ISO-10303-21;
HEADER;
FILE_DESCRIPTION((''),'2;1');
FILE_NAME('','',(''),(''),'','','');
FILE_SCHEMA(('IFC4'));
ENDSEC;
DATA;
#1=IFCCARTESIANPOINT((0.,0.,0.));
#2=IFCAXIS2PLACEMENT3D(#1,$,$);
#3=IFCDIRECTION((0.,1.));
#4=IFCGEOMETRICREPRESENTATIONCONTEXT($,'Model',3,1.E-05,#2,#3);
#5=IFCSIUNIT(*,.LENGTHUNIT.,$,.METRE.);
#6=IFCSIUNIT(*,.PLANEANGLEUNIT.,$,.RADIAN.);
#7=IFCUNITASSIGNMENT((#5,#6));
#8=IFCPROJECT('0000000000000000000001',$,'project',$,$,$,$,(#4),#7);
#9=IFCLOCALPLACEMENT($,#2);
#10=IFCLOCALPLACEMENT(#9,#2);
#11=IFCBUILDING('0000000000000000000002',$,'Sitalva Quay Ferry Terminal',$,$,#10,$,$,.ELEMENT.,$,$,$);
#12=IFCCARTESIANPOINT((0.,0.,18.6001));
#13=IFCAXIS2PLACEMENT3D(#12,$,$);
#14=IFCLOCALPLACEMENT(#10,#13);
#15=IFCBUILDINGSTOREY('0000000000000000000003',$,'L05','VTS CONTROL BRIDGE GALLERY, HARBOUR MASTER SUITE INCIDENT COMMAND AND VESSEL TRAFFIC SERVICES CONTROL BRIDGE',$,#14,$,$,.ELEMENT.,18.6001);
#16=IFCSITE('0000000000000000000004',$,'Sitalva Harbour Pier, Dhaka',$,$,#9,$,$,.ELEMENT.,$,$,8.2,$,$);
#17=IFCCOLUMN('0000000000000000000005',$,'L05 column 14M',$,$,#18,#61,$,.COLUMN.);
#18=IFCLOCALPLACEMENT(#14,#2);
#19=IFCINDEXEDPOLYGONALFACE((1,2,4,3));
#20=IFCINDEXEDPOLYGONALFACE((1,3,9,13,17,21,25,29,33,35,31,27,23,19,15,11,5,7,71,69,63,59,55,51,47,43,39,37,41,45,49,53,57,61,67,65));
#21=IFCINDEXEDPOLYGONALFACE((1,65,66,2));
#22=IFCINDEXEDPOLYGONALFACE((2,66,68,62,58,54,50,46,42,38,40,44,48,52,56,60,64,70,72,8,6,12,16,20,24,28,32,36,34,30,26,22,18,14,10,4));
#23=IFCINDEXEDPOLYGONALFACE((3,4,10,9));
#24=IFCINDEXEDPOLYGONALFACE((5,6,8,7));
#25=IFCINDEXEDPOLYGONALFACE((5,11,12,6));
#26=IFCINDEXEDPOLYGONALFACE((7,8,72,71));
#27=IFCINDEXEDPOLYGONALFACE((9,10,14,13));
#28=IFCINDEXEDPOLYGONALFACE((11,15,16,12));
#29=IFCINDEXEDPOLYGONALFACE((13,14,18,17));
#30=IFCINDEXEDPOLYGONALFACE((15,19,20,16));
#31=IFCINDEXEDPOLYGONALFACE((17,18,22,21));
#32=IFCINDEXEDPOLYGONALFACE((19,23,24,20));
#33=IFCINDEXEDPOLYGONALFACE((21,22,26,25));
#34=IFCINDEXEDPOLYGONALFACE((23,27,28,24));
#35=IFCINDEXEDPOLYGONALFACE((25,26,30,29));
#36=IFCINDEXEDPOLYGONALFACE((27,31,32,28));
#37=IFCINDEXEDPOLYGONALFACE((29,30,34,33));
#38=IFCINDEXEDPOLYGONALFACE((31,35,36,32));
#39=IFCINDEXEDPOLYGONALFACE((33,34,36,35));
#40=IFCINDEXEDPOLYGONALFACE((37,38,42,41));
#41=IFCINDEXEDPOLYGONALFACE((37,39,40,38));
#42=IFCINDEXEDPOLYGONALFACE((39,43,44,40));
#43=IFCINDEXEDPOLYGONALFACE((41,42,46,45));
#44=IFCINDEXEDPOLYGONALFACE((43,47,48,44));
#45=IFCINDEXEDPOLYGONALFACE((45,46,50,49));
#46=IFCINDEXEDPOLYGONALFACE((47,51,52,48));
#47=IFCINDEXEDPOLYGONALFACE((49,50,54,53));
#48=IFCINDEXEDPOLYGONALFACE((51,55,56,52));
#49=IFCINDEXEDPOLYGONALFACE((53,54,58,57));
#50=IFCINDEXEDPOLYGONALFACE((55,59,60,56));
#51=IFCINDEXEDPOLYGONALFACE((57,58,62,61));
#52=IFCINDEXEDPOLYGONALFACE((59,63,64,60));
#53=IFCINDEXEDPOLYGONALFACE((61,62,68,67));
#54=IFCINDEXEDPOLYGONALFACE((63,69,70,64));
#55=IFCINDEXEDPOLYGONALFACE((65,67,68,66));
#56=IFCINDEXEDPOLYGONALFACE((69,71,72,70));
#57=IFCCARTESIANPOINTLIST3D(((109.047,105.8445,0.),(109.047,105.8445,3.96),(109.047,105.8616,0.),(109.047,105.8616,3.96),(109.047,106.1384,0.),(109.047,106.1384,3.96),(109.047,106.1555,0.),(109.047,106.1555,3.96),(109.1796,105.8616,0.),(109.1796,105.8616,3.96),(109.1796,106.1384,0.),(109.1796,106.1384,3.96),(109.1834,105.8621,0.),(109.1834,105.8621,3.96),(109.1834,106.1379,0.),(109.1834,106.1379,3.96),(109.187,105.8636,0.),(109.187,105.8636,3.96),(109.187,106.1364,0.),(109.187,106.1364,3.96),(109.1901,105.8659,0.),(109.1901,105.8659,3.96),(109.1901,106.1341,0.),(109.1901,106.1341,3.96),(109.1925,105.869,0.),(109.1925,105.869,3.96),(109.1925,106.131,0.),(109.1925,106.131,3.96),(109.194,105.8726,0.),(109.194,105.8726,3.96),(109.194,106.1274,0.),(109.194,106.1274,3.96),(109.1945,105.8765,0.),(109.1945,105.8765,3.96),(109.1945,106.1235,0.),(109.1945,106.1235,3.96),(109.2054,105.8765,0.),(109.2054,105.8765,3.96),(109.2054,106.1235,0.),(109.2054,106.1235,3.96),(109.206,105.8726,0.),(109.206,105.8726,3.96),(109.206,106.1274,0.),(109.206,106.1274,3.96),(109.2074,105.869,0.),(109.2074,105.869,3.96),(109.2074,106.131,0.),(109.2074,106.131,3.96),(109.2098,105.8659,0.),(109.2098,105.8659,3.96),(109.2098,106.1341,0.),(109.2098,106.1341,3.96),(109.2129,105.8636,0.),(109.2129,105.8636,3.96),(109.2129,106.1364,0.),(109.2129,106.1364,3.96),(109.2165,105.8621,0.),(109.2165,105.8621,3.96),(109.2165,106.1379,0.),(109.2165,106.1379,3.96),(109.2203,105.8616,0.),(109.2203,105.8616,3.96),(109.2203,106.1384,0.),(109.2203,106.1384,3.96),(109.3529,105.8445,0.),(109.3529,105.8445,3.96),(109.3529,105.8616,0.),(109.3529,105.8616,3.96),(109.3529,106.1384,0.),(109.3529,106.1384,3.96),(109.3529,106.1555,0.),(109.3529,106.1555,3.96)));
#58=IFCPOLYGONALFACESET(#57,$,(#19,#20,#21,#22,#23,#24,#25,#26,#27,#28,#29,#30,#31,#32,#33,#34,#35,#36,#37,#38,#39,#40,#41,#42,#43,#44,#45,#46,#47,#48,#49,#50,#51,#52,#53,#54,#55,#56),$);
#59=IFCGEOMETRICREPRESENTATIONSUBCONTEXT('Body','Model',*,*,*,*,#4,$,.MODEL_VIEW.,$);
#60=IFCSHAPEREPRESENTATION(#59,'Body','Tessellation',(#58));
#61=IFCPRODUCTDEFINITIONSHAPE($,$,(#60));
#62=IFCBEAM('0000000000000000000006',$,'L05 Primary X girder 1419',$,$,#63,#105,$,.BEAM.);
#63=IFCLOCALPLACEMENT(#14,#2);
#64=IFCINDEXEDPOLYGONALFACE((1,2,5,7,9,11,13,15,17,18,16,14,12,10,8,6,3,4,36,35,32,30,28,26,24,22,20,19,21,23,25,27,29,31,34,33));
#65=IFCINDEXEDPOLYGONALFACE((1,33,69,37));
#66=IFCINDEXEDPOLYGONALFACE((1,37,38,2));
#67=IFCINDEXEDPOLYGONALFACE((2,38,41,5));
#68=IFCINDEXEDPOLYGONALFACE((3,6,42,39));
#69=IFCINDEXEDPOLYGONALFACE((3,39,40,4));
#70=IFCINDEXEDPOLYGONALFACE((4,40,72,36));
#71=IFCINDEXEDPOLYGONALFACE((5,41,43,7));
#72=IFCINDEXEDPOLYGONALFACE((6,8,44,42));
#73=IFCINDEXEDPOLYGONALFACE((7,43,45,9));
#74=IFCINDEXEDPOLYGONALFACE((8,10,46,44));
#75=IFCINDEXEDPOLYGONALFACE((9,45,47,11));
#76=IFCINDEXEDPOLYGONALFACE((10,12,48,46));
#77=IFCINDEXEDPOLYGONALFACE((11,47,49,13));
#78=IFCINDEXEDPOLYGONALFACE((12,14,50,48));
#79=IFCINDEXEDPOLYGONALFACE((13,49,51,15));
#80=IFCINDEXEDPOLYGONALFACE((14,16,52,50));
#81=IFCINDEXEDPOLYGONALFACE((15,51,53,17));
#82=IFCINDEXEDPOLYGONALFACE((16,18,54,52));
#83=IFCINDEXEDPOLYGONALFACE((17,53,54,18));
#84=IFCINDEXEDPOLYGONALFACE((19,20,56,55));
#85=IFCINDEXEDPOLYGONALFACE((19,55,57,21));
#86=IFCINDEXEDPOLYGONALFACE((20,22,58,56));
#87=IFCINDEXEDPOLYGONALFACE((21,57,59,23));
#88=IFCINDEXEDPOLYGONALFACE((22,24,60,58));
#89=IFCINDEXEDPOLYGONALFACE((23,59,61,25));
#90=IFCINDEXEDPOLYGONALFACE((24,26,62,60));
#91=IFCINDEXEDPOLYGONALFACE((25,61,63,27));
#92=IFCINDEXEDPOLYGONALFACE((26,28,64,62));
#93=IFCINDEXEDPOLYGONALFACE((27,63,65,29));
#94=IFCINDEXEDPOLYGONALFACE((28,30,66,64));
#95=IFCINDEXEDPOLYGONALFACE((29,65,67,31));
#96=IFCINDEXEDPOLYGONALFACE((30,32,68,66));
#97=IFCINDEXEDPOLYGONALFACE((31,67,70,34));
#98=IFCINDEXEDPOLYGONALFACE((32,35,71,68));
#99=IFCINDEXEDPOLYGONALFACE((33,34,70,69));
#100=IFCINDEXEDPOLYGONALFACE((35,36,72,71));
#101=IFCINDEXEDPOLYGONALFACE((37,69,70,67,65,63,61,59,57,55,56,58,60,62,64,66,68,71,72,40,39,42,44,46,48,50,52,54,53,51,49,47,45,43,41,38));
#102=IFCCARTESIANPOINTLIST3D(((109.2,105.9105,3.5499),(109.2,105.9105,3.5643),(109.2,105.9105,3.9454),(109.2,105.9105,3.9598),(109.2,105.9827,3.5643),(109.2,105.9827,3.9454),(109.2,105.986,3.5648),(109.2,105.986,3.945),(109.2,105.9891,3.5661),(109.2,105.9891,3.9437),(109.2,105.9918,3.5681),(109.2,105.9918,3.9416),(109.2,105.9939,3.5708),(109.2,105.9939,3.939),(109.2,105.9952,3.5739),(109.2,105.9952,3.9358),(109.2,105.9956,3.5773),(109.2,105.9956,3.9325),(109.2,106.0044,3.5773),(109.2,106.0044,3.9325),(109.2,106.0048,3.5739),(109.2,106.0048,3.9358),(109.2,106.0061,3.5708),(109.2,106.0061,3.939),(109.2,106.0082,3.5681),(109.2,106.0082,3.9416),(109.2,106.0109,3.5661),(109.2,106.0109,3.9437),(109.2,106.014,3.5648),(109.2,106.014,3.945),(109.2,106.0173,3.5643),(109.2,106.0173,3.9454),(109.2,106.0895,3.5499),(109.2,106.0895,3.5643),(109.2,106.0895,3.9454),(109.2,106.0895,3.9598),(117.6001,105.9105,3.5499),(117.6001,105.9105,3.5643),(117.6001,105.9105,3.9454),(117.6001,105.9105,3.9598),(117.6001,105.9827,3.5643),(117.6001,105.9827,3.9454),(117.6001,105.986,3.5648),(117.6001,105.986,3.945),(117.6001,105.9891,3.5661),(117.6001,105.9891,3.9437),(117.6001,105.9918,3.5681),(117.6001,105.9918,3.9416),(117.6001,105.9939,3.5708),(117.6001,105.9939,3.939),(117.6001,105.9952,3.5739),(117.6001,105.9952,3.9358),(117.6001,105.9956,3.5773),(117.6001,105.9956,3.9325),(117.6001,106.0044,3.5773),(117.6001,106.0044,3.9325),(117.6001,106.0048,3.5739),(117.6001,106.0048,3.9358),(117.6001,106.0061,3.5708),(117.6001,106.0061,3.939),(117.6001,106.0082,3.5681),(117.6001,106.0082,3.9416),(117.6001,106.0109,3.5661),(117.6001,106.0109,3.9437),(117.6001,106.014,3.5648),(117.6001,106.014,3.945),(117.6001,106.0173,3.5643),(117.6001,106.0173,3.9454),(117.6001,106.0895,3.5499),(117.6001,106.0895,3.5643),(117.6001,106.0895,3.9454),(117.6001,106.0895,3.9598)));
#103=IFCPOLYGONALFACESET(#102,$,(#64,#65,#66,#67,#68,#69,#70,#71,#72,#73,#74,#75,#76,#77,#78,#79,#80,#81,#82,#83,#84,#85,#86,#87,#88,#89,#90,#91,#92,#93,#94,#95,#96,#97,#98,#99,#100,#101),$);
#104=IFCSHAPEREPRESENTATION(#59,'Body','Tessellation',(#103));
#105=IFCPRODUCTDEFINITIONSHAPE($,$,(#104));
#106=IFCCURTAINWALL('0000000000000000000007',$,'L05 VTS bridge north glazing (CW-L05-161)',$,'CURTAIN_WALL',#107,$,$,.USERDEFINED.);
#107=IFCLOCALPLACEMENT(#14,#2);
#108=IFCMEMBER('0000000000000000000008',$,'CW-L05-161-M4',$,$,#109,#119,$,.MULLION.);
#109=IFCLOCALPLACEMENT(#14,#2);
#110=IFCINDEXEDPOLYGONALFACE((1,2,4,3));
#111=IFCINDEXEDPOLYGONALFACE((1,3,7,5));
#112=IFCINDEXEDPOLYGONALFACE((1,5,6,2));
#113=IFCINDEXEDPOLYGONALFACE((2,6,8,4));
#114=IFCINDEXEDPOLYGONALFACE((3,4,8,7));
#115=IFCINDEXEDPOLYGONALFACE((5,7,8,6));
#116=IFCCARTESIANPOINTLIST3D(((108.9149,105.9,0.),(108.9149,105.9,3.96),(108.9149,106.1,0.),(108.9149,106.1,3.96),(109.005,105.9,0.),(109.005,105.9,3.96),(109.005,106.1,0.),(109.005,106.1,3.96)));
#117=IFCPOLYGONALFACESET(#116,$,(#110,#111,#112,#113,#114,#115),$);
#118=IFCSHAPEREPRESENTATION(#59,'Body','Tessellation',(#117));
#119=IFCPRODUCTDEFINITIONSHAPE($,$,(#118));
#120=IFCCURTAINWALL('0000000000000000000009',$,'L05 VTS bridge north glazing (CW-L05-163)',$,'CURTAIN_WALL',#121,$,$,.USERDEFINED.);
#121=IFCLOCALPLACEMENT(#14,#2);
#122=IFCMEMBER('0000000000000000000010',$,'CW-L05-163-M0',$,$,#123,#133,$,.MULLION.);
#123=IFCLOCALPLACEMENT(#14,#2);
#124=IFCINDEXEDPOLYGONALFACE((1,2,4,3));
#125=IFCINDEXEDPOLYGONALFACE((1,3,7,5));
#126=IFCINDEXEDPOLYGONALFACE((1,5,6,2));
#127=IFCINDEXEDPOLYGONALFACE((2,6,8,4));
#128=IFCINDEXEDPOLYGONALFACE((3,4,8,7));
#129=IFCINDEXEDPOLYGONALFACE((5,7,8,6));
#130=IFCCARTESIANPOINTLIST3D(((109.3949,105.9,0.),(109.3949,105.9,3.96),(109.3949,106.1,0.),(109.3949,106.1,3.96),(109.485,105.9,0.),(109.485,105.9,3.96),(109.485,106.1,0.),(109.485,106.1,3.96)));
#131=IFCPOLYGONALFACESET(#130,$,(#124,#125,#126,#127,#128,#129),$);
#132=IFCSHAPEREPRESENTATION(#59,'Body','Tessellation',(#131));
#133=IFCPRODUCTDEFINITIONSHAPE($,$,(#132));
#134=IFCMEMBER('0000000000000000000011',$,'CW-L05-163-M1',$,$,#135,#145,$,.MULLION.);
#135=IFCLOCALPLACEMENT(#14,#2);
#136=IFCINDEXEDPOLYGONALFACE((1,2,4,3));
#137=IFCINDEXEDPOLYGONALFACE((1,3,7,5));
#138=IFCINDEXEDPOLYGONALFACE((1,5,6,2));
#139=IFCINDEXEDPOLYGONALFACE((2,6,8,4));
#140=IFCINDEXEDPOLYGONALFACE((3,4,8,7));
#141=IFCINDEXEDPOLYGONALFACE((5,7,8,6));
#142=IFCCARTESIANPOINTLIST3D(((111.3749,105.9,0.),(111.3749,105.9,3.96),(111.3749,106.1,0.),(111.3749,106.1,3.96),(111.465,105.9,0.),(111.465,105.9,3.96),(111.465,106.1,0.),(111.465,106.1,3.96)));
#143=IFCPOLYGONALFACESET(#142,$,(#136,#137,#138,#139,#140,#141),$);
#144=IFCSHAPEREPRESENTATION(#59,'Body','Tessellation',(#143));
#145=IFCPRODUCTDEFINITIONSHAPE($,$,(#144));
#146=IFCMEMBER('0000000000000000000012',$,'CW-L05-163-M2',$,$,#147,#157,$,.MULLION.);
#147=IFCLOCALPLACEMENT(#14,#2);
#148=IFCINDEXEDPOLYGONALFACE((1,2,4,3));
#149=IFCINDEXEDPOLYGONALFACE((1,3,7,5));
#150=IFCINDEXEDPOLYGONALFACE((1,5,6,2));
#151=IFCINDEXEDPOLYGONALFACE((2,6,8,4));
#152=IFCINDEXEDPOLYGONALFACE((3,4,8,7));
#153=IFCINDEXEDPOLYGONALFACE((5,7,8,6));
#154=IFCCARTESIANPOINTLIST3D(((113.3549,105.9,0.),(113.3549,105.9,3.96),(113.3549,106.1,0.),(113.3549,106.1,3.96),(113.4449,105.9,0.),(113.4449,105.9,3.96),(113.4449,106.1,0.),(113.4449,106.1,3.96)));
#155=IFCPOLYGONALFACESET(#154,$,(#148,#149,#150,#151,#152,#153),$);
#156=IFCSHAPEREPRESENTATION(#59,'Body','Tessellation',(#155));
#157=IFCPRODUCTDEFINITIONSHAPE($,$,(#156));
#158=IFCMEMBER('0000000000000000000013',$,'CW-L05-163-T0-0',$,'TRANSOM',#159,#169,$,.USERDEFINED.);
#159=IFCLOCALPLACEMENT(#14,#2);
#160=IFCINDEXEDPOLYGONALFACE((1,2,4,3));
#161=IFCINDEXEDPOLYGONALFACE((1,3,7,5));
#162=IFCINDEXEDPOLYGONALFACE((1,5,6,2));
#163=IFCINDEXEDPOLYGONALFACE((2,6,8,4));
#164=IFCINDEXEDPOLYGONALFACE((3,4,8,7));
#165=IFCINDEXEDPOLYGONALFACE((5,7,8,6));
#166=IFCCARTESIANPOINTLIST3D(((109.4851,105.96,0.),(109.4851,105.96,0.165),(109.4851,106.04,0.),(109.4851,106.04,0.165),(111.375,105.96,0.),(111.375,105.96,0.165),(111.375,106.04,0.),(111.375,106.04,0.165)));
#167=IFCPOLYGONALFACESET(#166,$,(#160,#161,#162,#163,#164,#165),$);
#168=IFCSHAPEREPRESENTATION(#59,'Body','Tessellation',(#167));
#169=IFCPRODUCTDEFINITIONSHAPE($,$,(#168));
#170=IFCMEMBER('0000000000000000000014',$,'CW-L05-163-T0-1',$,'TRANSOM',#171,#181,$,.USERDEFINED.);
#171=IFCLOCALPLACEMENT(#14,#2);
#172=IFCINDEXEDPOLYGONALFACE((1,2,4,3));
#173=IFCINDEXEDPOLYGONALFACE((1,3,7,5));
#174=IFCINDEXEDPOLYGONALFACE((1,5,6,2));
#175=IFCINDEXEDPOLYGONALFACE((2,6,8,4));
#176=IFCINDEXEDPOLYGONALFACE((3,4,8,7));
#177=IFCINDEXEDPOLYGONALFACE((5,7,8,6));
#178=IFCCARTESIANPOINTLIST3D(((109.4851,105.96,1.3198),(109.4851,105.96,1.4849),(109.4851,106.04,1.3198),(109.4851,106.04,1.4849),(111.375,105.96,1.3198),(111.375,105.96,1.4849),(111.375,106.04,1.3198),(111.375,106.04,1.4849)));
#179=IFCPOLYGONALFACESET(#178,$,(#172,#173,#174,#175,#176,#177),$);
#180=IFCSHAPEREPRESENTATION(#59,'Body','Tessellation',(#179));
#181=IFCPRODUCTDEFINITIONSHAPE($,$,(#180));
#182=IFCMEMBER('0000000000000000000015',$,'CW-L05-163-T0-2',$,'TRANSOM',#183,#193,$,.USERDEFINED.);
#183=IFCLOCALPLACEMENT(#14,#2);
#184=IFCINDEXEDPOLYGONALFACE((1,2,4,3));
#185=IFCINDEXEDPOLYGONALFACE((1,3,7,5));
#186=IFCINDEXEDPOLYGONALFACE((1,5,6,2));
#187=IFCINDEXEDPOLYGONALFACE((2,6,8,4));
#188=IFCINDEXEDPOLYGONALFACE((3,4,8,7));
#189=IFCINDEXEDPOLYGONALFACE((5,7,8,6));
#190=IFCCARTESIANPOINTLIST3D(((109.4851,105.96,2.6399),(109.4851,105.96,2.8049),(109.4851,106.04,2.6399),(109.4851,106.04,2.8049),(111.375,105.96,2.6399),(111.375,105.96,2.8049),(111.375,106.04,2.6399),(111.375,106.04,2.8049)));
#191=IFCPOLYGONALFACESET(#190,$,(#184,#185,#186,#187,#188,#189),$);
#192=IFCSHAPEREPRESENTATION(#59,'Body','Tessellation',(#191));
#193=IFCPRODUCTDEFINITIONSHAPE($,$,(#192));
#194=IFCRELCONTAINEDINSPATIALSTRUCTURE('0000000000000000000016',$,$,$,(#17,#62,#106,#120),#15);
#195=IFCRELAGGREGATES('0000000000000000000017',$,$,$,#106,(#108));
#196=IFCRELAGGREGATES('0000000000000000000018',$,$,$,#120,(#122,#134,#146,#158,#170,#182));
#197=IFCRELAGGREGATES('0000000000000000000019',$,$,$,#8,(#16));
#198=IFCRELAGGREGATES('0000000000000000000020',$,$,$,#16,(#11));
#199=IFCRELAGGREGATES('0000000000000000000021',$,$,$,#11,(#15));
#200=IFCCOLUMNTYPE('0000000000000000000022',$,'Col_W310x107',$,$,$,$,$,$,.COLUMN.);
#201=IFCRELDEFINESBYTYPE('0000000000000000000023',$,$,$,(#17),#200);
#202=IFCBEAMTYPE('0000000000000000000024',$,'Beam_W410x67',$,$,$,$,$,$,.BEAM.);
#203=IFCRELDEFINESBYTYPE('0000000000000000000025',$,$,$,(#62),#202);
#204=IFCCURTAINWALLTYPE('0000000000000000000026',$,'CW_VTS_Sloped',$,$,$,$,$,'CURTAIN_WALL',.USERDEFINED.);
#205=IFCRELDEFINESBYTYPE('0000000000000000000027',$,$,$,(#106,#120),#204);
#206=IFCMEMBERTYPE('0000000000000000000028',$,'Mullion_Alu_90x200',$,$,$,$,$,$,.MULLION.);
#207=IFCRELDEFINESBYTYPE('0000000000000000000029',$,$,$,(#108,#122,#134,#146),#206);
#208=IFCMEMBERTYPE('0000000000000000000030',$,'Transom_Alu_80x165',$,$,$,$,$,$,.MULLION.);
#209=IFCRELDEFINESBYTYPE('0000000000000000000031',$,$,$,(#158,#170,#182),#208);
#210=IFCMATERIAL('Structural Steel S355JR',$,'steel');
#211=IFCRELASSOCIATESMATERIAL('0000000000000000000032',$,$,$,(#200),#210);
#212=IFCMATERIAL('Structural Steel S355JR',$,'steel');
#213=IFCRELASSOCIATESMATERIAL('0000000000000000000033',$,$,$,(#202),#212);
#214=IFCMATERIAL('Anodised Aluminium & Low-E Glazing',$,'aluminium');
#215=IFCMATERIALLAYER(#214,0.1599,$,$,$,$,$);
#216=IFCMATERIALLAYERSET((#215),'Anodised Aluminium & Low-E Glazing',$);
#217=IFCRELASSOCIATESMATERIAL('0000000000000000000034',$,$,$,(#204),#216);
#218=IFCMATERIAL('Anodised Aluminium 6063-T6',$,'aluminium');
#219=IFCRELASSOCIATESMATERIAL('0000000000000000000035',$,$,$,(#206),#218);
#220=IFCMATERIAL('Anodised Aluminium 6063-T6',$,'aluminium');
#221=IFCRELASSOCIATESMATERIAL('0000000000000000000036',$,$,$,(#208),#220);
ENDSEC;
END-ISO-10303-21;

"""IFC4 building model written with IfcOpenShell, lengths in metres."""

from ifc_helpers import new_model, si_unit, direction, frame, origin, origin_2d, place, context, subcontext, project, spatial, rectangle, i_section, extrude, material, layer, layer_set, material_profile, profile_set, type_object, element, aggregate, save


model = new_model("IFC4")

# Units and contexts
model_context = context("Model", 3, precision=1e-05, world=origin(), true_north=direction((0.0, 1.0)))
body_context = subcontext(model_context, "Body", "Model", "MODEL_VIEW")
ifc_project = project(units=[si_unit("LENGTHUNIT", "METRE"), si_unit("PLANEANGLEUNIT", "RADIAN")], contexts=[model_context])

# Site, building, storey
site_placement = place(None, origin())
site = spatial("IfcSite", under=ifc_project, at=site_placement, Name="Sitalva Harbour Pier, Dhaka", CompositionType="ELEMENT", RefElevation=8.2)
building_placement = place(site_placement, origin())
building = spatial("IfcBuilding", under=site, at=building_placement, Name="Sitalva Quay Ferry Terminal", CompositionType="ELEMENT")
storey_placement = place(building_placement, frame((0.0, 0.0, 18.6001)))
storey = spatial("IfcBuildingStorey", under=building, at=storey_placement, Name="L05", Description="VTS CONTROL BRIDGE GALLERY, HARBOUR MASTER SUITE INCIDENT COMMAND AND VESSEL TRAFFIC SERVICES CONTROL BRIDGE", CompositionType="ELEMENT", Elevation=18.6001)

# Column
ifc_material_1 = material(Name="Structural Steel S355JR", Category="steel")
ifc_material_profile_1 = material_profile(ifc_material_1, i_section(OverallWidth=0.3059, OverallDepth=0.311, WebThickness=0.011, FlangeThickness=0.0171, FilletRadius=0.0149, at=origin_2d()), Name="W310x107")
ifc_profile_set_1 = profile_set([ifc_material_profile_1], Name="Structural Steel S355JR")
column_type = type_object("IfcColumnType", Name="Col_W310x107", PredefinedType="COLUMN", material=ifc_profile_set_1)
column_placement = place(storey_placement, frame((109.2, 106.0, 0.0), z_axis=(0.0, 0.0, 1.0), x_axis=(1.0, 0.0, 0.0)))
element("IfcColumn", 1, at=column_placement, inside=storey, type_object=column_type, Name="L05 column 14M", PredefinedType="COLUMN", context=body_context, shape_type="SweptSolid", body=[
    extrude(i_section(OverallWidth=0.3059, OverallDepth=0.311, WebThickness=0.011, FlangeThickness=0.0171, FilletRadius=0.0149, at=origin_2d()), origin(), (0.0, 0.0, 1.0), 3.96),
])

# Beam
ifc_material_2 = material(Name="Structural Steel S355JR", Category="steel")
ifc_material_profile_2 = material_profile(ifc_material_2, i_section(OverallWidth=0.179, OverallDepth=0.4099, WebThickness=0.0088, FlangeThickness=0.0144, FilletRadius=0.0129, at=origin_2d()), Name="W410x67")
ifc_profile_set_2 = profile_set([ifc_material_profile_2], Name="Structural Steel S355JR")
beam_type = type_object("IfcBeamType", Name="Beam_W410x67", PredefinedType="BEAM", material=ifc_profile_set_2)
beam_placement = place(storey_placement, frame((109.2, 106.0, 3.7549), z_axis=(1.0, 0.0, 0.0), x_axis=(0.0, 1.0, 0.0)))
element("IfcBeam", 2, at=beam_placement, inside=storey, type_object=beam_type, Name="L05 Primary X girder 1419", PredefinedType="BEAM", context=body_context, shape_type="SweptSolid", body=[
    extrude(i_section(OverallWidth=0.179, OverallDepth=0.4099, WebThickness=0.0088, FlangeThickness=0.0144, FilletRadius=0.0129, at=origin_2d()), origin(), (0.0, 0.0, 1.0), 8.4001),
])

# Curtain wall, member
ifc_material_3 = material(Name="Anodised Aluminium & Low-E Glazing", Category="aluminium")
ifc_layer_1 = layer(ifc_material_3, 0.1599)
ifc_layer_set_1 = layer_set([ifc_layer_1], Name="Anodised Aluminium & Low-E Glazing")
curtain_wall_type = type_object("IfcCurtainWallType", Name="CW_VTS_Sloped", ElementType="CURTAIN_WALL", PredefinedType="USERDEFINED", material=ifc_layer_set_1)
curtain_wall_1_placement = place(storey_placement, origin())
curtain_wall_1 = element("IfcCurtainWall", 3, at=curtain_wall_1_placement, inside=storey, type_object=curtain_wall_type, Name="L05 VTS bridge north glazing (CW-L05-161)", ObjectType="CURTAIN_WALL", PredefinedType="USERDEFINED")
ifc_material_4 = material(Name="Anodised Aluminium 6063-T6", Category="aluminium")
ifc_material_profile_3 = material_profile(ifc_material_4, rectangle(XDim=0.0901, YDim=0.2, at=origin_2d()), Name="ALU90x200")
ifc_profile_set_3 = profile_set([ifc_material_profile_3], Name="Anodised Aluminium 6063-T6")
member_type_1 = type_object("IfcMemberType", Name="Mullion_Alu_90x200", PredefinedType="MULLION", material=ifc_profile_set_3)
member_1_placement = place(storey_placement, frame((108.96, 106.0, 0.0), z_axis=(0.0, 0.0, 1.0), x_axis=(1.0, 0.0, 0.0)))
member_1 = element("IfcMember", 4, at=member_1_placement, type_object=member_type_1, Name="CW-L05-161-M4", PredefinedType="MULLION", context=body_context, shape_type="SweptSolid", body=[
    extrude(rectangle(XDim=0.0901, YDim=0.2, at=origin_2d()), origin(), (0.0, 0.0, 1.0), 3.96),
])
aggregate(curtain_wall_1, [member_1])

# Curtain wall, members
curtain_wall_2_placement = place(storey_placement, origin())
curtain_wall_2 = element("IfcCurtainWall", 5, at=curtain_wall_2_placement, inside=storey, type_object=curtain_wall_type, Name="L05 VTS bridge north glazing (CW-L05-163)", ObjectType="CURTAIN_WALL", PredefinedType="USERDEFINED")
member_2_placement = place(storey_placement, frame((109.4399, 106.0, 0.0), z_axis=(0.0, 0.0, 1.0), x_axis=(1.0, 0.0, 0.0)))
member_2 = element("IfcMember", 6, at=member_2_placement, type_object=member_type_1, Name="CW-L05-163-M0", PredefinedType="MULLION", context=body_context, shape_type="SweptSolid", body=[
    extrude(rectangle(XDim=0.0901, YDim=0.2, at=origin_2d()), origin(), (0.0, 0.0, 1.0), 3.96),
])
member_3_placement = place(storey_placement, frame((111.4199, 106.0, 0.0), z_axis=(0.0, 0.0, 1.0), x_axis=(1.0, 0.0, 0.0)))
member_3 = element("IfcMember", 7, at=member_3_placement, type_object=member_type_1, Name="CW-L05-163-M1", PredefinedType="MULLION", context=body_context, shape_type="SweptSolid", body=[
    extrude(rectangle(XDim=0.0901, YDim=0.2, at=origin_2d()), origin(), (0.0, 0.0, 1.0), 3.96),
])
member_4_placement = place(storey_placement, frame((113.3999, 106.0, 0.0), z_axis=(0.0, 0.0, 1.0), x_axis=(1.0, 0.0, 0.0)))
member_4 = element("IfcMember", 8, at=member_4_placement, type_object=member_type_1, Name="CW-L05-163-M2", PredefinedType="MULLION", context=body_context, shape_type="SweptSolid", body=[
    extrude(rectangle(XDim=0.0901, YDim=0.2, at=origin_2d()), origin(), (0.0, 0.0, 1.0), 3.96),
])
ifc_material_5 = material(Name="Anodised Aluminium 6063-T6", Category="aluminium")
ifc_material_profile_4 = material_profile(ifc_material_5, rectangle(XDim=0.0801, YDim=0.165, at=origin_2d()), Name="ALU80x165")
ifc_profile_set_4 = profile_set([ifc_material_profile_4], Name="Anodised Aluminium 6063-T6")
member_type_2 = type_object("IfcMemberType", Name="Transom_Alu_80x165", PredefinedType="MULLION", material=ifc_profile_set_4)
member_5_placement = place(storey_placement, frame((109.4851, 106.0, 0.0825), z_axis=(1.0, 0.0, 0.0), x_axis=(0.0, 1.0, 0.0)))
member_5 = element("IfcMember", 9, at=member_5_placement, type_object=member_type_2, Name="CW-L05-163-T0-0", ObjectType="TRANSOM", PredefinedType="USERDEFINED", context=body_context, shape_type="SweptSolid", body=[
    extrude(rectangle(XDim=0.0801, YDim=0.165, at=origin_2d()), origin(), (0.0, 0.0, 1.0), 1.8899),
])
member_6_placement = place(storey_placement, frame((109.4851, 106.0, 1.4023), z_axis=(1.0, 0.0, 0.0), x_axis=(0.0, 1.0, 0.0)))
member_6 = element("IfcMember", 10, at=member_6_placement, type_object=member_type_2, Name="CW-L05-163-T0-1", ObjectType="TRANSOM", PredefinedType="USERDEFINED", context=body_context, shape_type="SweptSolid", body=[
    extrude(rectangle(XDim=0.0801, YDim=0.165, at=origin_2d()), origin(), (0.0, 0.0, 1.0), 1.8899),
])
member_7_placement = place(storey_placement, frame((109.4851, 106.0, 2.7224), z_axis=(1.0, 0.0, 0.0), x_axis=(0.0, 1.0, 0.0)))
member_7 = element("IfcMember", 11, at=member_7_placement, type_object=member_type_2, Name="CW-L05-163-T0-2", ObjectType="TRANSOM", PredefinedType="USERDEFINED", context=body_context, shape_type="SweptSolid", body=[
    extrude(rectangle(XDim=0.0801, YDim=0.165, at=origin_2d()), origin(), (0.0, 0.0, 1.0), 1.8899),
])
aggregate(curtain_wall_2, [member_2, member_3, member_4, member_5, member_6, member_7])

save(model, "model.ifc")
